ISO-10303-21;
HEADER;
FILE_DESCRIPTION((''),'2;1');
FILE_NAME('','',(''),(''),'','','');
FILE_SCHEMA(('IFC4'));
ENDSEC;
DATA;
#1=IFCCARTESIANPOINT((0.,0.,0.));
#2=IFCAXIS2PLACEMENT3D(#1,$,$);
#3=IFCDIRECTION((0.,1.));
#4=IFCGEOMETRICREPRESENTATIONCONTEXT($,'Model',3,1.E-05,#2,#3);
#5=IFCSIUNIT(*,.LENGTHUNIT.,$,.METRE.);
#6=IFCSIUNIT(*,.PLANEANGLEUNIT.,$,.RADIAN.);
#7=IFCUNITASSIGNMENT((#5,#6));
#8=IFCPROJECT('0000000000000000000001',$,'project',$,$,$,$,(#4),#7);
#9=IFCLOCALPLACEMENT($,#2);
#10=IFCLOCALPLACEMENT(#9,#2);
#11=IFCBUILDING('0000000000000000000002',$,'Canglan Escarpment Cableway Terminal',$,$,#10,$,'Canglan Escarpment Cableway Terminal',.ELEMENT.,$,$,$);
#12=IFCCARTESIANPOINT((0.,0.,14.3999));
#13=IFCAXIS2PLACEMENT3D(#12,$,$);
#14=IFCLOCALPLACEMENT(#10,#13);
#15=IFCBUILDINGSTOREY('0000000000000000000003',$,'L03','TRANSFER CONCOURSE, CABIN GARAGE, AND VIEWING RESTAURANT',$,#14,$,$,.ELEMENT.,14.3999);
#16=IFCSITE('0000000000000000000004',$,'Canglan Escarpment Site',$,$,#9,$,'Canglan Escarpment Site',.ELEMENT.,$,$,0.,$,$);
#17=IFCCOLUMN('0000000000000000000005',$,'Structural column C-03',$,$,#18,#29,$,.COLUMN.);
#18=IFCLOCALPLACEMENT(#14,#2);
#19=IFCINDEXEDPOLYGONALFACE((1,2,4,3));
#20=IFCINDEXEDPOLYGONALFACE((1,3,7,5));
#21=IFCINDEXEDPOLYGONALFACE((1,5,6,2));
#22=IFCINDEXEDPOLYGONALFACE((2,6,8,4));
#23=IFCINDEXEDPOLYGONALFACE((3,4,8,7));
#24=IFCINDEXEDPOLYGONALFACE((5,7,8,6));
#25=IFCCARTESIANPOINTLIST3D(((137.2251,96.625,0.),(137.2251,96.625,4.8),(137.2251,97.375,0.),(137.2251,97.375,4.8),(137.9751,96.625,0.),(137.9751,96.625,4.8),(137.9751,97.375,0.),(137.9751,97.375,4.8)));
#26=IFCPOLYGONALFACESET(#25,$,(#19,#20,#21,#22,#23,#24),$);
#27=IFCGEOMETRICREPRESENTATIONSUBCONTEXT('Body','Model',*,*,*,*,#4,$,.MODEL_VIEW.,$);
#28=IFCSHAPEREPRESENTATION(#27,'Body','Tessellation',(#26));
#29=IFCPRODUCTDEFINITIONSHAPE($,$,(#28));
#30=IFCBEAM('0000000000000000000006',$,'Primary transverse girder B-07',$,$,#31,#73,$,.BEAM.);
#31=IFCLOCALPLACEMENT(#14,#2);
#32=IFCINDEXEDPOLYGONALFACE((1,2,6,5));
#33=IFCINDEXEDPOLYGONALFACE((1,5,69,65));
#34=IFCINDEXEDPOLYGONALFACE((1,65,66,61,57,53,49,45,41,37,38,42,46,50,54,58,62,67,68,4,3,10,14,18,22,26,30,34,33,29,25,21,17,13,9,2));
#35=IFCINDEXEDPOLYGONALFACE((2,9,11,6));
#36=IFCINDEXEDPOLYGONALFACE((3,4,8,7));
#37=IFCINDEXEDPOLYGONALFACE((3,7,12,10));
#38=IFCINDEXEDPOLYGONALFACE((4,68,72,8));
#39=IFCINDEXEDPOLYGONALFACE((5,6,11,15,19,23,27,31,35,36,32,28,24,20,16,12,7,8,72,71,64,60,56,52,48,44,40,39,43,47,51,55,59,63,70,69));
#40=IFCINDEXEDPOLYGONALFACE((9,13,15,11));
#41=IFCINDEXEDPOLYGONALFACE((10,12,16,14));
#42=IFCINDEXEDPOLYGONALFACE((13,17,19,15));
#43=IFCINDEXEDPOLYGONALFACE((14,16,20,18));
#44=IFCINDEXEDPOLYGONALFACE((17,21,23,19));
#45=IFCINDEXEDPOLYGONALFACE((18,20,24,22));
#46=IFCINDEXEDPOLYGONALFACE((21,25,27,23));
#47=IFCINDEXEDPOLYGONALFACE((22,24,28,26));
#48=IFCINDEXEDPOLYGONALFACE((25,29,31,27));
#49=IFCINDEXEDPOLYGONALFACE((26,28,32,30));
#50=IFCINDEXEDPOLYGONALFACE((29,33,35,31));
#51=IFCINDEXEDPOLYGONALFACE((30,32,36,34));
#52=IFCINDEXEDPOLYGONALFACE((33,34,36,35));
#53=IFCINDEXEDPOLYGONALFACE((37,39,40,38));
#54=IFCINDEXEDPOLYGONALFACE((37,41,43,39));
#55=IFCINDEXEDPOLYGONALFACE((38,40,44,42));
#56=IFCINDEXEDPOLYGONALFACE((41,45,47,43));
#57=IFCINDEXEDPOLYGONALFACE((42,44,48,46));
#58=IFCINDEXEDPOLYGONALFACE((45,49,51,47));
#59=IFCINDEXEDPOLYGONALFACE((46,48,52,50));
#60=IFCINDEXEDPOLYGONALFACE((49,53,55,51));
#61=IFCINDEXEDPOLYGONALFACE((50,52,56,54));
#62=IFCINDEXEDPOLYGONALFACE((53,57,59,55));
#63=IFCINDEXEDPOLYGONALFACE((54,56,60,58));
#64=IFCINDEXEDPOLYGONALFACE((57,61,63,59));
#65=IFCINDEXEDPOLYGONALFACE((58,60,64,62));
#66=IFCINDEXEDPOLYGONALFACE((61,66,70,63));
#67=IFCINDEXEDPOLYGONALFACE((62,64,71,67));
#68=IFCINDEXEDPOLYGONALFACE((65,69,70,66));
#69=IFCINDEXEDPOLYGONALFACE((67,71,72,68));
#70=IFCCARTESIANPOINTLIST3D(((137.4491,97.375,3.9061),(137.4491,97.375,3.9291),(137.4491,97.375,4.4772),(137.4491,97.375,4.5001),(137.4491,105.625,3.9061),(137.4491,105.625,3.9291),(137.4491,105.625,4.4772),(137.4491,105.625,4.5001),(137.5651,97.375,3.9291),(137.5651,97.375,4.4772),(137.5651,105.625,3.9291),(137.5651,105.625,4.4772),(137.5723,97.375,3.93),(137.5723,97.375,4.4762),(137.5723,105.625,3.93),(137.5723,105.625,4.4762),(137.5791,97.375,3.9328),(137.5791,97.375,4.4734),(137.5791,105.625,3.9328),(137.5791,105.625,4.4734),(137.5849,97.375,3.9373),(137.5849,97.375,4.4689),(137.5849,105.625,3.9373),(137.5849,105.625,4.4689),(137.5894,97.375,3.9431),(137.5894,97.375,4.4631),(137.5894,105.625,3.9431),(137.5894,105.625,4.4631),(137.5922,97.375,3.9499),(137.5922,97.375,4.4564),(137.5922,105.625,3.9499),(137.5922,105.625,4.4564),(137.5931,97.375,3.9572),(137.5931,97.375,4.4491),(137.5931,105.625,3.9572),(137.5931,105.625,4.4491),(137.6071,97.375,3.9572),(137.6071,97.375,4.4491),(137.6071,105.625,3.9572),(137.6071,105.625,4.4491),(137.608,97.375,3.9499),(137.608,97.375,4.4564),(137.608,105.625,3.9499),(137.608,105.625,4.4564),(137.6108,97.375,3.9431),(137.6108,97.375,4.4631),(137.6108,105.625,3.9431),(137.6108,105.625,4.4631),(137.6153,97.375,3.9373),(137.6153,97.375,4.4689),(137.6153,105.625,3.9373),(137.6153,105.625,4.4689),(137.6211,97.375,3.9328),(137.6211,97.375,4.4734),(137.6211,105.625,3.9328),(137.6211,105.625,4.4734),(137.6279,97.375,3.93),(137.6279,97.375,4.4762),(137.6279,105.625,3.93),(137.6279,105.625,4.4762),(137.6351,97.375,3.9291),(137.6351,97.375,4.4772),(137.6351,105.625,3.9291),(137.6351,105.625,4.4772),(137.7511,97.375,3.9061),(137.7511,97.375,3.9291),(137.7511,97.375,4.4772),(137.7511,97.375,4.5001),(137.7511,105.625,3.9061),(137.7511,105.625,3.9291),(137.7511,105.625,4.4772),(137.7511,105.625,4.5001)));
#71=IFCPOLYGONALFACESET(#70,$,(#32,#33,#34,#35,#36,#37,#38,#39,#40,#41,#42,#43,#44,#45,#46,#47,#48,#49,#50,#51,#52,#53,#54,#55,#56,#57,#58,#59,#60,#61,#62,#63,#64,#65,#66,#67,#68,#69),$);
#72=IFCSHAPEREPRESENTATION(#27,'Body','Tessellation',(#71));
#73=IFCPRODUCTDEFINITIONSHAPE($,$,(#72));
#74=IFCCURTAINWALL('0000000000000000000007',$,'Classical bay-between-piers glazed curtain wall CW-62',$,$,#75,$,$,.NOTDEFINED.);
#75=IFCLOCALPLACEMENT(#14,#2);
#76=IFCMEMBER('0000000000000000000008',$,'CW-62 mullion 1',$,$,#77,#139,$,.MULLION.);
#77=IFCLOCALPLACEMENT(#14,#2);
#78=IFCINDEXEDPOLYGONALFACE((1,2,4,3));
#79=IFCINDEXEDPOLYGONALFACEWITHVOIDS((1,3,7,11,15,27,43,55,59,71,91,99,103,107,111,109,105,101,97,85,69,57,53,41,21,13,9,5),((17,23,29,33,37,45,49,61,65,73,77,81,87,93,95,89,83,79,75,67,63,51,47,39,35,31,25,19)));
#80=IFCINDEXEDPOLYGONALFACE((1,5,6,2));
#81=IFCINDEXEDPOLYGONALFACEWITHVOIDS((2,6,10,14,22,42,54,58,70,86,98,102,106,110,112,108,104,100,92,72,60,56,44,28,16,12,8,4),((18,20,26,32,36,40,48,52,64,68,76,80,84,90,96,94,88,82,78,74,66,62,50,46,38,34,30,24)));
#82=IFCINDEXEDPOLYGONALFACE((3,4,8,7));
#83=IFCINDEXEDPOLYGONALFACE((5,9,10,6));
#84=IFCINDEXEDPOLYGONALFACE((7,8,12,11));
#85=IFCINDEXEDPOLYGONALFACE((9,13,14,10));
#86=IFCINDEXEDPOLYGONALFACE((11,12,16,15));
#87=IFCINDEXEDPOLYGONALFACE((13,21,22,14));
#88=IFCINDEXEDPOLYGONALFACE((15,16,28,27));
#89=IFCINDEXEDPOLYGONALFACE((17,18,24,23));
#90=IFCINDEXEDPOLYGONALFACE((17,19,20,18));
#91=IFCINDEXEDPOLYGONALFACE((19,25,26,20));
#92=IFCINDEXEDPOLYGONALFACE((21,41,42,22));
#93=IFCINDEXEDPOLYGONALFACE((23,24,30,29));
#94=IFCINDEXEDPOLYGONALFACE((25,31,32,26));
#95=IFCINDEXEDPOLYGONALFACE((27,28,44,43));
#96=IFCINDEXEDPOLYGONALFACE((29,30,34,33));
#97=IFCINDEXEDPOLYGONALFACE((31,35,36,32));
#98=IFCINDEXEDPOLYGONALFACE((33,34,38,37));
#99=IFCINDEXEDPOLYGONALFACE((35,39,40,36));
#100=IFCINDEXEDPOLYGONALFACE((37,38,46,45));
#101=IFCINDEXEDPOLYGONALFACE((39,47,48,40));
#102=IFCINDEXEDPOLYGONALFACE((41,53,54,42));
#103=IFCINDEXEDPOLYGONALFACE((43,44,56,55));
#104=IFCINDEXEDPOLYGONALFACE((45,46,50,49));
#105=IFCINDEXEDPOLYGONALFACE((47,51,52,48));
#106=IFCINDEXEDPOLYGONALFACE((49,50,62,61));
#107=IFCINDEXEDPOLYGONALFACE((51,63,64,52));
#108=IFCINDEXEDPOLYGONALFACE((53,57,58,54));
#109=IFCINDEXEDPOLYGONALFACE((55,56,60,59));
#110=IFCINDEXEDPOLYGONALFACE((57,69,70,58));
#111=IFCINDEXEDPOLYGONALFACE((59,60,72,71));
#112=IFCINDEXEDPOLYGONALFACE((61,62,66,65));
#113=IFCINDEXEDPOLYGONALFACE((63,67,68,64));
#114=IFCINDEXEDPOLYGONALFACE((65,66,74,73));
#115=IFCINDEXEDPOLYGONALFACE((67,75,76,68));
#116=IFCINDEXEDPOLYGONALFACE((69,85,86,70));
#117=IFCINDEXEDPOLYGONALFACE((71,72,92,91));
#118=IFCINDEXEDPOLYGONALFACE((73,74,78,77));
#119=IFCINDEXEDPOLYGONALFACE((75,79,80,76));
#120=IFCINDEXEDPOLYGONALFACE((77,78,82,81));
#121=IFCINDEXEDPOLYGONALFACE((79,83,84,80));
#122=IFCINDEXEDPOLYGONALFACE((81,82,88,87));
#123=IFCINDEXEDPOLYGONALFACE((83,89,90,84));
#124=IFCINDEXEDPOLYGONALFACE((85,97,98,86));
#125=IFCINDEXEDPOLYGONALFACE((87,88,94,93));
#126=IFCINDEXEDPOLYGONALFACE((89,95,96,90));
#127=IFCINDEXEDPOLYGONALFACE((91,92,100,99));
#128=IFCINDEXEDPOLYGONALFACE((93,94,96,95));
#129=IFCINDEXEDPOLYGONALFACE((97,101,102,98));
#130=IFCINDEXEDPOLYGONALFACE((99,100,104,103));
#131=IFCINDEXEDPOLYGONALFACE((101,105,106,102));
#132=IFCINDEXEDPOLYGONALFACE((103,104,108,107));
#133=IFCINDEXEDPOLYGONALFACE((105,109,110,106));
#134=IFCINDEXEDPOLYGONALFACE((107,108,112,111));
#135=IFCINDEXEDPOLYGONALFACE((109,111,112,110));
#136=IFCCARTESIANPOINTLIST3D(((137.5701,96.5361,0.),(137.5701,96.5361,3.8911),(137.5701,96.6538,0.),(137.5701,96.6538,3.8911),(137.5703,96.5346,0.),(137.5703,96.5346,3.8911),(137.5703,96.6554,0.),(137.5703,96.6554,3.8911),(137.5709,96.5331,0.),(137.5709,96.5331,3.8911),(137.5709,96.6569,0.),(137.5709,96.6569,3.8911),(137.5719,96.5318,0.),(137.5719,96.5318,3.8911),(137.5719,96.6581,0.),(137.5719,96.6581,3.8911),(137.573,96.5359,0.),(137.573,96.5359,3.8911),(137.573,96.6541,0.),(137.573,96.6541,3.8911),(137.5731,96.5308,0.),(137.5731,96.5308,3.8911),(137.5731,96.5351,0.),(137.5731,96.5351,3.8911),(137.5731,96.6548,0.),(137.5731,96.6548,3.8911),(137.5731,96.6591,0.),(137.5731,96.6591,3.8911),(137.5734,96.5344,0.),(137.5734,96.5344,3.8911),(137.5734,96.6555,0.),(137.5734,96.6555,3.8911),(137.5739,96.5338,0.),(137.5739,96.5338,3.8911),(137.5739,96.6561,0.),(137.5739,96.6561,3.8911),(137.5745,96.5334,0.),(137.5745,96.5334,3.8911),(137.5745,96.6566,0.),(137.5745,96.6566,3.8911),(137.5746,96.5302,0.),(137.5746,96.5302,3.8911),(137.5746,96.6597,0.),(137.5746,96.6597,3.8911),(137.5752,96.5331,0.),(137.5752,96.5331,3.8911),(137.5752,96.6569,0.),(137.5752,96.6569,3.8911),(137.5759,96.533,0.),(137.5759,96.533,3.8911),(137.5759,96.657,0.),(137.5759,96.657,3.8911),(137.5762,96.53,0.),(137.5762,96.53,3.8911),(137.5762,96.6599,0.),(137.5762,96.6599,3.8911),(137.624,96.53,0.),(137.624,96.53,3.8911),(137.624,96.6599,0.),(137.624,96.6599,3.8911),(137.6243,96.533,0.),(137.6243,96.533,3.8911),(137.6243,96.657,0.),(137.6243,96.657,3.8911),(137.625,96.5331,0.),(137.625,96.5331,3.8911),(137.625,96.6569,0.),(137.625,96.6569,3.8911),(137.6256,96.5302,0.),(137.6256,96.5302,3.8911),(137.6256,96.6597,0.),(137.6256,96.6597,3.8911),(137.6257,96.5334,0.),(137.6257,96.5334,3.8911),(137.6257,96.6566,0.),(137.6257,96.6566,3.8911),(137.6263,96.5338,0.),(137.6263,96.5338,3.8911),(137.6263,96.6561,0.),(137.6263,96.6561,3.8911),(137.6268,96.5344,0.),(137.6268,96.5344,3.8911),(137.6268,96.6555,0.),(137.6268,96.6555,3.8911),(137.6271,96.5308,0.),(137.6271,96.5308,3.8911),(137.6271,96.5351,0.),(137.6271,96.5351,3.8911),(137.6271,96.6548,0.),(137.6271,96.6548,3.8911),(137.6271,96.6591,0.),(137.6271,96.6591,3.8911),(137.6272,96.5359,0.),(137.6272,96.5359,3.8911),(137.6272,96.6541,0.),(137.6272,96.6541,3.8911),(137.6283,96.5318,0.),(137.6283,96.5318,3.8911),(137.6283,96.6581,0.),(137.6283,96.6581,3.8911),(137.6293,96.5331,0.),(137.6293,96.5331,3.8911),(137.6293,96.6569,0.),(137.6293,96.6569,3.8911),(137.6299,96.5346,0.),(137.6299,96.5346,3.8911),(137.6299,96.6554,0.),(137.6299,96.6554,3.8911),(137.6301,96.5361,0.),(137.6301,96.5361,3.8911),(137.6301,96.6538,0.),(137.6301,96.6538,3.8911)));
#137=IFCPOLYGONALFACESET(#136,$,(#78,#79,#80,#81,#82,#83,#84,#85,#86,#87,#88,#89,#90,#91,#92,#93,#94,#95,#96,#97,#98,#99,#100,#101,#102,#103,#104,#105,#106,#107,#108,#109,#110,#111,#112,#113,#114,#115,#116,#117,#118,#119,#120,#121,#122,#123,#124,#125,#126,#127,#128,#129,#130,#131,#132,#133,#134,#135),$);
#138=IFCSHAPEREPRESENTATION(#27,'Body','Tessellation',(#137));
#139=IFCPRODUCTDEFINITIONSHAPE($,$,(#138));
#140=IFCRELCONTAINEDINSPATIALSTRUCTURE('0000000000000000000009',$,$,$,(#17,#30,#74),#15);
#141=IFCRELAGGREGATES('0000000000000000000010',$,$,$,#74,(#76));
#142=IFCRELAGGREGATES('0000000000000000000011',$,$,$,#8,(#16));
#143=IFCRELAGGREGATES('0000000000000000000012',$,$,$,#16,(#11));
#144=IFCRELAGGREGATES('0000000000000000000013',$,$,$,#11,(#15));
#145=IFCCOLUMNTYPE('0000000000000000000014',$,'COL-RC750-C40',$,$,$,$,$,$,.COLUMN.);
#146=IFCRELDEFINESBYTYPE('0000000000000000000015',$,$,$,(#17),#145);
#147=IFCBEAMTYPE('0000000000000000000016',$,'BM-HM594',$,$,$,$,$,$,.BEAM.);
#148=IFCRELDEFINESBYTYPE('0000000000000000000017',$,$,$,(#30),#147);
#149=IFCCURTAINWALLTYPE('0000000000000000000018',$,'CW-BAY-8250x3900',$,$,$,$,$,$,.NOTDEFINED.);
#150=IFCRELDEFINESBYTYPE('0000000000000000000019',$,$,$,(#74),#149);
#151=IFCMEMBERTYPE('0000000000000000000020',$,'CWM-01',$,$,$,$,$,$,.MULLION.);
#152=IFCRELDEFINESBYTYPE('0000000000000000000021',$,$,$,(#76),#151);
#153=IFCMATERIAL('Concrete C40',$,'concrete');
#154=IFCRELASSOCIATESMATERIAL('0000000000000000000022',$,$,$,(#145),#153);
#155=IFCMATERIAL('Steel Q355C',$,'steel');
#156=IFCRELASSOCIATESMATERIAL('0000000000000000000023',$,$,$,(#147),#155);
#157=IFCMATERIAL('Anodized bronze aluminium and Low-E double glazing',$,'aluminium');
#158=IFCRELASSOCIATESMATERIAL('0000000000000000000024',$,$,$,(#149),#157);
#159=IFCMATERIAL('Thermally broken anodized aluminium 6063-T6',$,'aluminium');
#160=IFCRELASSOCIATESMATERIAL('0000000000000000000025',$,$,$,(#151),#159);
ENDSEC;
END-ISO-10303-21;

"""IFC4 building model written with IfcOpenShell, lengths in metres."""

from ifc_helpers import new_model, si_unit, direction, frame, origin, origin_2d, place, context, subcontext, project, spatial, rectangle, hollow_rectangle, i_section, extrude, material, material_profile, profile_set, type_object, element, aggregate, save


model = new_model("IFC4")

# Units and contexts
model_context = context("Model", 3, precision=1e-05, world=origin(), true_north=direction((0.0, 1.0)))
body_context = subcontext(model_context, "Body", "Model", "MODEL_VIEW")
ifc_project = project(units=[si_unit("LENGTHUNIT", "METRE"), si_unit("PLANEANGLEUNIT", "RADIAN")], contexts=[model_context])

# Site, building, storey
site_placement = place(None, origin())
site = spatial("IfcSite", under=ifc_project, at=site_placement, Name="Canglan Escarpment Site", LongName="Canglan Escarpment Site", CompositionType="ELEMENT", RefElevation=0.0)
building_placement = place(site_placement, origin())
building = spatial("IfcBuilding", under=site, at=building_placement, Name="Canglan Escarpment Cableway Terminal", LongName="Canglan Escarpment Cableway Terminal", CompositionType="ELEMENT")
storey_placement = place(building_placement, frame((0.0, 0.0, 14.3999)))
storey = spatial("IfcBuildingStorey", under=building, at=storey_placement, Name="L03", Description="TRANSFER CONCOURSE, CABIN GARAGE, AND VIEWING RESTAURANT", CompositionType="ELEMENT", Elevation=14.3999)

# Column
ifc_material_1 = material(Name="Concrete C40", Category="concrete")
ifc_material_profile_1 = material_profile(ifc_material_1, rectangle(XDim=0.75, YDim=0.75, at=origin_2d()), Name="RC 750x750")
ifc_profile_set_1 = profile_set([ifc_material_profile_1], Name="Concrete C40")
column_type = type_object("IfcColumnType", Name="COL-RC750-C40", PredefinedType="COLUMN", material=ifc_profile_set_1)
column_placement = place(storey_placement, frame((137.6001, 97.0, 0.0), z_axis=(0.0, 0.0, 1.0), x_axis=(1.0, 0.0, 0.0)))
element("IfcColumn", 1, at=column_placement, inside=storey, type_object=column_type, Name="Structural column C-03", PredefinedType="COLUMN", context=body_context, shape_type="SweptSolid", body=[
    extrude(rectangle(XDim=0.75, YDim=0.75, at=origin_2d()), origin(), (0.0, 0.0, 1.0), 4.8),
])

# Beam
ifc_material_2 = material(Name="Steel Q355C", Category="steel")
ifc_material_profile_2 = material_profile(ifc_material_2, i_section(OverallWidth=0.302, OverallDepth=0.594, WebThickness=0.0139, FlangeThickness=0.0229, FilletRadius=0.0281, at=origin_2d()), Name="HM 594x302x14x23")
ifc_profile_set_2 = profile_set([ifc_material_profile_2], Name="Steel Q355C")
beam_type = type_object("IfcBeamType", Name="BM-HM594", PredefinedType="BEAM", material=ifc_profile_set_2)
beam_placement = place(storey_placement, frame((137.6001, 97.375, 4.2031), z_axis=(0.0, 1.0, 0.0), x_axis=(-1.0, 0.0, 0.0)))
element("IfcBeam", 2, at=beam_placement, inside=storey, type_object=beam_type, Name="Primary transverse girder B-07", PredefinedType="BEAM", context=body_context, shape_type="SweptSolid", body=[
    extrude(i_section(OverallWidth=0.302, OverallDepth=0.594, WebThickness=0.0139, FlangeThickness=0.0229, FilletRadius=0.0281, at=origin_2d()), origin(), (0.0, 0.0, 1.0), 8.25),
])

# Curtain wall, member
ifc_material_3 = material(Name="Anodized bronze aluminium and Low-E double glazing", Category="aluminium")
curtain_wall_type = type_object("IfcCurtainWallType", Name="CW-BAY-8250x3900", PredefinedType="NOTDEFINED", material=ifc_material_3)
curtain_wall_1_placement = place(storey_placement, origin())
curtain_wall_1 = element("IfcCurtainWall", 3, at=curtain_wall_1_placement, inside=storey, type_object=curtain_wall_type, Name="Classical bay-between-piers glazed curtain wall CW-62", PredefinedType="NOTDEFINED")
ifc_material_4 = material(Name="Thermally broken anodized aluminium 6063-T6", Category="aluminium")
ifc_material_profile_3 = material_profile(ifc_material_4, hollow_rectangle(XDim=0.0601, YDim=0.1299, WallThickness=0.0029, InnerFilletRadius=0.0029, OuterFilletRadius=0.0061, at=origin_2d()), Name="ALU-MULL 60x130x3")
ifc_profile_set_3 = profile_set([ifc_material_profile_3], Name="Thermally broken anodized aluminium 6063-T6")
member_type_1 = type_object("IfcMemberType", Name="CWM-01", PredefinedType="MULLION", material=ifc_profile_set_3)
member_1_placement = place(storey_placement, frame((137.6001, 96.595, 0.0), z_axis=(0.0, 0.0, 1.0), x_axis=(1.0, 0.0, 0.0)))
member_1 = element("IfcMember", 4, at=member_1_placement, type_object=member_type_1, Name="CW-62 mullion 1", PredefinedType="MULLION", context=body_context, shape_type="SweptSolid", body=[
    extrude(hollow_rectangle(XDim=0.0601, YDim=0.1299, WallThickness=0.0029, InnerFilletRadius=0.0029, OuterFilletRadius=0.0061, at=origin_2d()), origin(), (0.0, 0.0, 1.0), 3.8911),
])

aggregate(curtain_wall_1, [member_1])

save(model, "model.ifc")
